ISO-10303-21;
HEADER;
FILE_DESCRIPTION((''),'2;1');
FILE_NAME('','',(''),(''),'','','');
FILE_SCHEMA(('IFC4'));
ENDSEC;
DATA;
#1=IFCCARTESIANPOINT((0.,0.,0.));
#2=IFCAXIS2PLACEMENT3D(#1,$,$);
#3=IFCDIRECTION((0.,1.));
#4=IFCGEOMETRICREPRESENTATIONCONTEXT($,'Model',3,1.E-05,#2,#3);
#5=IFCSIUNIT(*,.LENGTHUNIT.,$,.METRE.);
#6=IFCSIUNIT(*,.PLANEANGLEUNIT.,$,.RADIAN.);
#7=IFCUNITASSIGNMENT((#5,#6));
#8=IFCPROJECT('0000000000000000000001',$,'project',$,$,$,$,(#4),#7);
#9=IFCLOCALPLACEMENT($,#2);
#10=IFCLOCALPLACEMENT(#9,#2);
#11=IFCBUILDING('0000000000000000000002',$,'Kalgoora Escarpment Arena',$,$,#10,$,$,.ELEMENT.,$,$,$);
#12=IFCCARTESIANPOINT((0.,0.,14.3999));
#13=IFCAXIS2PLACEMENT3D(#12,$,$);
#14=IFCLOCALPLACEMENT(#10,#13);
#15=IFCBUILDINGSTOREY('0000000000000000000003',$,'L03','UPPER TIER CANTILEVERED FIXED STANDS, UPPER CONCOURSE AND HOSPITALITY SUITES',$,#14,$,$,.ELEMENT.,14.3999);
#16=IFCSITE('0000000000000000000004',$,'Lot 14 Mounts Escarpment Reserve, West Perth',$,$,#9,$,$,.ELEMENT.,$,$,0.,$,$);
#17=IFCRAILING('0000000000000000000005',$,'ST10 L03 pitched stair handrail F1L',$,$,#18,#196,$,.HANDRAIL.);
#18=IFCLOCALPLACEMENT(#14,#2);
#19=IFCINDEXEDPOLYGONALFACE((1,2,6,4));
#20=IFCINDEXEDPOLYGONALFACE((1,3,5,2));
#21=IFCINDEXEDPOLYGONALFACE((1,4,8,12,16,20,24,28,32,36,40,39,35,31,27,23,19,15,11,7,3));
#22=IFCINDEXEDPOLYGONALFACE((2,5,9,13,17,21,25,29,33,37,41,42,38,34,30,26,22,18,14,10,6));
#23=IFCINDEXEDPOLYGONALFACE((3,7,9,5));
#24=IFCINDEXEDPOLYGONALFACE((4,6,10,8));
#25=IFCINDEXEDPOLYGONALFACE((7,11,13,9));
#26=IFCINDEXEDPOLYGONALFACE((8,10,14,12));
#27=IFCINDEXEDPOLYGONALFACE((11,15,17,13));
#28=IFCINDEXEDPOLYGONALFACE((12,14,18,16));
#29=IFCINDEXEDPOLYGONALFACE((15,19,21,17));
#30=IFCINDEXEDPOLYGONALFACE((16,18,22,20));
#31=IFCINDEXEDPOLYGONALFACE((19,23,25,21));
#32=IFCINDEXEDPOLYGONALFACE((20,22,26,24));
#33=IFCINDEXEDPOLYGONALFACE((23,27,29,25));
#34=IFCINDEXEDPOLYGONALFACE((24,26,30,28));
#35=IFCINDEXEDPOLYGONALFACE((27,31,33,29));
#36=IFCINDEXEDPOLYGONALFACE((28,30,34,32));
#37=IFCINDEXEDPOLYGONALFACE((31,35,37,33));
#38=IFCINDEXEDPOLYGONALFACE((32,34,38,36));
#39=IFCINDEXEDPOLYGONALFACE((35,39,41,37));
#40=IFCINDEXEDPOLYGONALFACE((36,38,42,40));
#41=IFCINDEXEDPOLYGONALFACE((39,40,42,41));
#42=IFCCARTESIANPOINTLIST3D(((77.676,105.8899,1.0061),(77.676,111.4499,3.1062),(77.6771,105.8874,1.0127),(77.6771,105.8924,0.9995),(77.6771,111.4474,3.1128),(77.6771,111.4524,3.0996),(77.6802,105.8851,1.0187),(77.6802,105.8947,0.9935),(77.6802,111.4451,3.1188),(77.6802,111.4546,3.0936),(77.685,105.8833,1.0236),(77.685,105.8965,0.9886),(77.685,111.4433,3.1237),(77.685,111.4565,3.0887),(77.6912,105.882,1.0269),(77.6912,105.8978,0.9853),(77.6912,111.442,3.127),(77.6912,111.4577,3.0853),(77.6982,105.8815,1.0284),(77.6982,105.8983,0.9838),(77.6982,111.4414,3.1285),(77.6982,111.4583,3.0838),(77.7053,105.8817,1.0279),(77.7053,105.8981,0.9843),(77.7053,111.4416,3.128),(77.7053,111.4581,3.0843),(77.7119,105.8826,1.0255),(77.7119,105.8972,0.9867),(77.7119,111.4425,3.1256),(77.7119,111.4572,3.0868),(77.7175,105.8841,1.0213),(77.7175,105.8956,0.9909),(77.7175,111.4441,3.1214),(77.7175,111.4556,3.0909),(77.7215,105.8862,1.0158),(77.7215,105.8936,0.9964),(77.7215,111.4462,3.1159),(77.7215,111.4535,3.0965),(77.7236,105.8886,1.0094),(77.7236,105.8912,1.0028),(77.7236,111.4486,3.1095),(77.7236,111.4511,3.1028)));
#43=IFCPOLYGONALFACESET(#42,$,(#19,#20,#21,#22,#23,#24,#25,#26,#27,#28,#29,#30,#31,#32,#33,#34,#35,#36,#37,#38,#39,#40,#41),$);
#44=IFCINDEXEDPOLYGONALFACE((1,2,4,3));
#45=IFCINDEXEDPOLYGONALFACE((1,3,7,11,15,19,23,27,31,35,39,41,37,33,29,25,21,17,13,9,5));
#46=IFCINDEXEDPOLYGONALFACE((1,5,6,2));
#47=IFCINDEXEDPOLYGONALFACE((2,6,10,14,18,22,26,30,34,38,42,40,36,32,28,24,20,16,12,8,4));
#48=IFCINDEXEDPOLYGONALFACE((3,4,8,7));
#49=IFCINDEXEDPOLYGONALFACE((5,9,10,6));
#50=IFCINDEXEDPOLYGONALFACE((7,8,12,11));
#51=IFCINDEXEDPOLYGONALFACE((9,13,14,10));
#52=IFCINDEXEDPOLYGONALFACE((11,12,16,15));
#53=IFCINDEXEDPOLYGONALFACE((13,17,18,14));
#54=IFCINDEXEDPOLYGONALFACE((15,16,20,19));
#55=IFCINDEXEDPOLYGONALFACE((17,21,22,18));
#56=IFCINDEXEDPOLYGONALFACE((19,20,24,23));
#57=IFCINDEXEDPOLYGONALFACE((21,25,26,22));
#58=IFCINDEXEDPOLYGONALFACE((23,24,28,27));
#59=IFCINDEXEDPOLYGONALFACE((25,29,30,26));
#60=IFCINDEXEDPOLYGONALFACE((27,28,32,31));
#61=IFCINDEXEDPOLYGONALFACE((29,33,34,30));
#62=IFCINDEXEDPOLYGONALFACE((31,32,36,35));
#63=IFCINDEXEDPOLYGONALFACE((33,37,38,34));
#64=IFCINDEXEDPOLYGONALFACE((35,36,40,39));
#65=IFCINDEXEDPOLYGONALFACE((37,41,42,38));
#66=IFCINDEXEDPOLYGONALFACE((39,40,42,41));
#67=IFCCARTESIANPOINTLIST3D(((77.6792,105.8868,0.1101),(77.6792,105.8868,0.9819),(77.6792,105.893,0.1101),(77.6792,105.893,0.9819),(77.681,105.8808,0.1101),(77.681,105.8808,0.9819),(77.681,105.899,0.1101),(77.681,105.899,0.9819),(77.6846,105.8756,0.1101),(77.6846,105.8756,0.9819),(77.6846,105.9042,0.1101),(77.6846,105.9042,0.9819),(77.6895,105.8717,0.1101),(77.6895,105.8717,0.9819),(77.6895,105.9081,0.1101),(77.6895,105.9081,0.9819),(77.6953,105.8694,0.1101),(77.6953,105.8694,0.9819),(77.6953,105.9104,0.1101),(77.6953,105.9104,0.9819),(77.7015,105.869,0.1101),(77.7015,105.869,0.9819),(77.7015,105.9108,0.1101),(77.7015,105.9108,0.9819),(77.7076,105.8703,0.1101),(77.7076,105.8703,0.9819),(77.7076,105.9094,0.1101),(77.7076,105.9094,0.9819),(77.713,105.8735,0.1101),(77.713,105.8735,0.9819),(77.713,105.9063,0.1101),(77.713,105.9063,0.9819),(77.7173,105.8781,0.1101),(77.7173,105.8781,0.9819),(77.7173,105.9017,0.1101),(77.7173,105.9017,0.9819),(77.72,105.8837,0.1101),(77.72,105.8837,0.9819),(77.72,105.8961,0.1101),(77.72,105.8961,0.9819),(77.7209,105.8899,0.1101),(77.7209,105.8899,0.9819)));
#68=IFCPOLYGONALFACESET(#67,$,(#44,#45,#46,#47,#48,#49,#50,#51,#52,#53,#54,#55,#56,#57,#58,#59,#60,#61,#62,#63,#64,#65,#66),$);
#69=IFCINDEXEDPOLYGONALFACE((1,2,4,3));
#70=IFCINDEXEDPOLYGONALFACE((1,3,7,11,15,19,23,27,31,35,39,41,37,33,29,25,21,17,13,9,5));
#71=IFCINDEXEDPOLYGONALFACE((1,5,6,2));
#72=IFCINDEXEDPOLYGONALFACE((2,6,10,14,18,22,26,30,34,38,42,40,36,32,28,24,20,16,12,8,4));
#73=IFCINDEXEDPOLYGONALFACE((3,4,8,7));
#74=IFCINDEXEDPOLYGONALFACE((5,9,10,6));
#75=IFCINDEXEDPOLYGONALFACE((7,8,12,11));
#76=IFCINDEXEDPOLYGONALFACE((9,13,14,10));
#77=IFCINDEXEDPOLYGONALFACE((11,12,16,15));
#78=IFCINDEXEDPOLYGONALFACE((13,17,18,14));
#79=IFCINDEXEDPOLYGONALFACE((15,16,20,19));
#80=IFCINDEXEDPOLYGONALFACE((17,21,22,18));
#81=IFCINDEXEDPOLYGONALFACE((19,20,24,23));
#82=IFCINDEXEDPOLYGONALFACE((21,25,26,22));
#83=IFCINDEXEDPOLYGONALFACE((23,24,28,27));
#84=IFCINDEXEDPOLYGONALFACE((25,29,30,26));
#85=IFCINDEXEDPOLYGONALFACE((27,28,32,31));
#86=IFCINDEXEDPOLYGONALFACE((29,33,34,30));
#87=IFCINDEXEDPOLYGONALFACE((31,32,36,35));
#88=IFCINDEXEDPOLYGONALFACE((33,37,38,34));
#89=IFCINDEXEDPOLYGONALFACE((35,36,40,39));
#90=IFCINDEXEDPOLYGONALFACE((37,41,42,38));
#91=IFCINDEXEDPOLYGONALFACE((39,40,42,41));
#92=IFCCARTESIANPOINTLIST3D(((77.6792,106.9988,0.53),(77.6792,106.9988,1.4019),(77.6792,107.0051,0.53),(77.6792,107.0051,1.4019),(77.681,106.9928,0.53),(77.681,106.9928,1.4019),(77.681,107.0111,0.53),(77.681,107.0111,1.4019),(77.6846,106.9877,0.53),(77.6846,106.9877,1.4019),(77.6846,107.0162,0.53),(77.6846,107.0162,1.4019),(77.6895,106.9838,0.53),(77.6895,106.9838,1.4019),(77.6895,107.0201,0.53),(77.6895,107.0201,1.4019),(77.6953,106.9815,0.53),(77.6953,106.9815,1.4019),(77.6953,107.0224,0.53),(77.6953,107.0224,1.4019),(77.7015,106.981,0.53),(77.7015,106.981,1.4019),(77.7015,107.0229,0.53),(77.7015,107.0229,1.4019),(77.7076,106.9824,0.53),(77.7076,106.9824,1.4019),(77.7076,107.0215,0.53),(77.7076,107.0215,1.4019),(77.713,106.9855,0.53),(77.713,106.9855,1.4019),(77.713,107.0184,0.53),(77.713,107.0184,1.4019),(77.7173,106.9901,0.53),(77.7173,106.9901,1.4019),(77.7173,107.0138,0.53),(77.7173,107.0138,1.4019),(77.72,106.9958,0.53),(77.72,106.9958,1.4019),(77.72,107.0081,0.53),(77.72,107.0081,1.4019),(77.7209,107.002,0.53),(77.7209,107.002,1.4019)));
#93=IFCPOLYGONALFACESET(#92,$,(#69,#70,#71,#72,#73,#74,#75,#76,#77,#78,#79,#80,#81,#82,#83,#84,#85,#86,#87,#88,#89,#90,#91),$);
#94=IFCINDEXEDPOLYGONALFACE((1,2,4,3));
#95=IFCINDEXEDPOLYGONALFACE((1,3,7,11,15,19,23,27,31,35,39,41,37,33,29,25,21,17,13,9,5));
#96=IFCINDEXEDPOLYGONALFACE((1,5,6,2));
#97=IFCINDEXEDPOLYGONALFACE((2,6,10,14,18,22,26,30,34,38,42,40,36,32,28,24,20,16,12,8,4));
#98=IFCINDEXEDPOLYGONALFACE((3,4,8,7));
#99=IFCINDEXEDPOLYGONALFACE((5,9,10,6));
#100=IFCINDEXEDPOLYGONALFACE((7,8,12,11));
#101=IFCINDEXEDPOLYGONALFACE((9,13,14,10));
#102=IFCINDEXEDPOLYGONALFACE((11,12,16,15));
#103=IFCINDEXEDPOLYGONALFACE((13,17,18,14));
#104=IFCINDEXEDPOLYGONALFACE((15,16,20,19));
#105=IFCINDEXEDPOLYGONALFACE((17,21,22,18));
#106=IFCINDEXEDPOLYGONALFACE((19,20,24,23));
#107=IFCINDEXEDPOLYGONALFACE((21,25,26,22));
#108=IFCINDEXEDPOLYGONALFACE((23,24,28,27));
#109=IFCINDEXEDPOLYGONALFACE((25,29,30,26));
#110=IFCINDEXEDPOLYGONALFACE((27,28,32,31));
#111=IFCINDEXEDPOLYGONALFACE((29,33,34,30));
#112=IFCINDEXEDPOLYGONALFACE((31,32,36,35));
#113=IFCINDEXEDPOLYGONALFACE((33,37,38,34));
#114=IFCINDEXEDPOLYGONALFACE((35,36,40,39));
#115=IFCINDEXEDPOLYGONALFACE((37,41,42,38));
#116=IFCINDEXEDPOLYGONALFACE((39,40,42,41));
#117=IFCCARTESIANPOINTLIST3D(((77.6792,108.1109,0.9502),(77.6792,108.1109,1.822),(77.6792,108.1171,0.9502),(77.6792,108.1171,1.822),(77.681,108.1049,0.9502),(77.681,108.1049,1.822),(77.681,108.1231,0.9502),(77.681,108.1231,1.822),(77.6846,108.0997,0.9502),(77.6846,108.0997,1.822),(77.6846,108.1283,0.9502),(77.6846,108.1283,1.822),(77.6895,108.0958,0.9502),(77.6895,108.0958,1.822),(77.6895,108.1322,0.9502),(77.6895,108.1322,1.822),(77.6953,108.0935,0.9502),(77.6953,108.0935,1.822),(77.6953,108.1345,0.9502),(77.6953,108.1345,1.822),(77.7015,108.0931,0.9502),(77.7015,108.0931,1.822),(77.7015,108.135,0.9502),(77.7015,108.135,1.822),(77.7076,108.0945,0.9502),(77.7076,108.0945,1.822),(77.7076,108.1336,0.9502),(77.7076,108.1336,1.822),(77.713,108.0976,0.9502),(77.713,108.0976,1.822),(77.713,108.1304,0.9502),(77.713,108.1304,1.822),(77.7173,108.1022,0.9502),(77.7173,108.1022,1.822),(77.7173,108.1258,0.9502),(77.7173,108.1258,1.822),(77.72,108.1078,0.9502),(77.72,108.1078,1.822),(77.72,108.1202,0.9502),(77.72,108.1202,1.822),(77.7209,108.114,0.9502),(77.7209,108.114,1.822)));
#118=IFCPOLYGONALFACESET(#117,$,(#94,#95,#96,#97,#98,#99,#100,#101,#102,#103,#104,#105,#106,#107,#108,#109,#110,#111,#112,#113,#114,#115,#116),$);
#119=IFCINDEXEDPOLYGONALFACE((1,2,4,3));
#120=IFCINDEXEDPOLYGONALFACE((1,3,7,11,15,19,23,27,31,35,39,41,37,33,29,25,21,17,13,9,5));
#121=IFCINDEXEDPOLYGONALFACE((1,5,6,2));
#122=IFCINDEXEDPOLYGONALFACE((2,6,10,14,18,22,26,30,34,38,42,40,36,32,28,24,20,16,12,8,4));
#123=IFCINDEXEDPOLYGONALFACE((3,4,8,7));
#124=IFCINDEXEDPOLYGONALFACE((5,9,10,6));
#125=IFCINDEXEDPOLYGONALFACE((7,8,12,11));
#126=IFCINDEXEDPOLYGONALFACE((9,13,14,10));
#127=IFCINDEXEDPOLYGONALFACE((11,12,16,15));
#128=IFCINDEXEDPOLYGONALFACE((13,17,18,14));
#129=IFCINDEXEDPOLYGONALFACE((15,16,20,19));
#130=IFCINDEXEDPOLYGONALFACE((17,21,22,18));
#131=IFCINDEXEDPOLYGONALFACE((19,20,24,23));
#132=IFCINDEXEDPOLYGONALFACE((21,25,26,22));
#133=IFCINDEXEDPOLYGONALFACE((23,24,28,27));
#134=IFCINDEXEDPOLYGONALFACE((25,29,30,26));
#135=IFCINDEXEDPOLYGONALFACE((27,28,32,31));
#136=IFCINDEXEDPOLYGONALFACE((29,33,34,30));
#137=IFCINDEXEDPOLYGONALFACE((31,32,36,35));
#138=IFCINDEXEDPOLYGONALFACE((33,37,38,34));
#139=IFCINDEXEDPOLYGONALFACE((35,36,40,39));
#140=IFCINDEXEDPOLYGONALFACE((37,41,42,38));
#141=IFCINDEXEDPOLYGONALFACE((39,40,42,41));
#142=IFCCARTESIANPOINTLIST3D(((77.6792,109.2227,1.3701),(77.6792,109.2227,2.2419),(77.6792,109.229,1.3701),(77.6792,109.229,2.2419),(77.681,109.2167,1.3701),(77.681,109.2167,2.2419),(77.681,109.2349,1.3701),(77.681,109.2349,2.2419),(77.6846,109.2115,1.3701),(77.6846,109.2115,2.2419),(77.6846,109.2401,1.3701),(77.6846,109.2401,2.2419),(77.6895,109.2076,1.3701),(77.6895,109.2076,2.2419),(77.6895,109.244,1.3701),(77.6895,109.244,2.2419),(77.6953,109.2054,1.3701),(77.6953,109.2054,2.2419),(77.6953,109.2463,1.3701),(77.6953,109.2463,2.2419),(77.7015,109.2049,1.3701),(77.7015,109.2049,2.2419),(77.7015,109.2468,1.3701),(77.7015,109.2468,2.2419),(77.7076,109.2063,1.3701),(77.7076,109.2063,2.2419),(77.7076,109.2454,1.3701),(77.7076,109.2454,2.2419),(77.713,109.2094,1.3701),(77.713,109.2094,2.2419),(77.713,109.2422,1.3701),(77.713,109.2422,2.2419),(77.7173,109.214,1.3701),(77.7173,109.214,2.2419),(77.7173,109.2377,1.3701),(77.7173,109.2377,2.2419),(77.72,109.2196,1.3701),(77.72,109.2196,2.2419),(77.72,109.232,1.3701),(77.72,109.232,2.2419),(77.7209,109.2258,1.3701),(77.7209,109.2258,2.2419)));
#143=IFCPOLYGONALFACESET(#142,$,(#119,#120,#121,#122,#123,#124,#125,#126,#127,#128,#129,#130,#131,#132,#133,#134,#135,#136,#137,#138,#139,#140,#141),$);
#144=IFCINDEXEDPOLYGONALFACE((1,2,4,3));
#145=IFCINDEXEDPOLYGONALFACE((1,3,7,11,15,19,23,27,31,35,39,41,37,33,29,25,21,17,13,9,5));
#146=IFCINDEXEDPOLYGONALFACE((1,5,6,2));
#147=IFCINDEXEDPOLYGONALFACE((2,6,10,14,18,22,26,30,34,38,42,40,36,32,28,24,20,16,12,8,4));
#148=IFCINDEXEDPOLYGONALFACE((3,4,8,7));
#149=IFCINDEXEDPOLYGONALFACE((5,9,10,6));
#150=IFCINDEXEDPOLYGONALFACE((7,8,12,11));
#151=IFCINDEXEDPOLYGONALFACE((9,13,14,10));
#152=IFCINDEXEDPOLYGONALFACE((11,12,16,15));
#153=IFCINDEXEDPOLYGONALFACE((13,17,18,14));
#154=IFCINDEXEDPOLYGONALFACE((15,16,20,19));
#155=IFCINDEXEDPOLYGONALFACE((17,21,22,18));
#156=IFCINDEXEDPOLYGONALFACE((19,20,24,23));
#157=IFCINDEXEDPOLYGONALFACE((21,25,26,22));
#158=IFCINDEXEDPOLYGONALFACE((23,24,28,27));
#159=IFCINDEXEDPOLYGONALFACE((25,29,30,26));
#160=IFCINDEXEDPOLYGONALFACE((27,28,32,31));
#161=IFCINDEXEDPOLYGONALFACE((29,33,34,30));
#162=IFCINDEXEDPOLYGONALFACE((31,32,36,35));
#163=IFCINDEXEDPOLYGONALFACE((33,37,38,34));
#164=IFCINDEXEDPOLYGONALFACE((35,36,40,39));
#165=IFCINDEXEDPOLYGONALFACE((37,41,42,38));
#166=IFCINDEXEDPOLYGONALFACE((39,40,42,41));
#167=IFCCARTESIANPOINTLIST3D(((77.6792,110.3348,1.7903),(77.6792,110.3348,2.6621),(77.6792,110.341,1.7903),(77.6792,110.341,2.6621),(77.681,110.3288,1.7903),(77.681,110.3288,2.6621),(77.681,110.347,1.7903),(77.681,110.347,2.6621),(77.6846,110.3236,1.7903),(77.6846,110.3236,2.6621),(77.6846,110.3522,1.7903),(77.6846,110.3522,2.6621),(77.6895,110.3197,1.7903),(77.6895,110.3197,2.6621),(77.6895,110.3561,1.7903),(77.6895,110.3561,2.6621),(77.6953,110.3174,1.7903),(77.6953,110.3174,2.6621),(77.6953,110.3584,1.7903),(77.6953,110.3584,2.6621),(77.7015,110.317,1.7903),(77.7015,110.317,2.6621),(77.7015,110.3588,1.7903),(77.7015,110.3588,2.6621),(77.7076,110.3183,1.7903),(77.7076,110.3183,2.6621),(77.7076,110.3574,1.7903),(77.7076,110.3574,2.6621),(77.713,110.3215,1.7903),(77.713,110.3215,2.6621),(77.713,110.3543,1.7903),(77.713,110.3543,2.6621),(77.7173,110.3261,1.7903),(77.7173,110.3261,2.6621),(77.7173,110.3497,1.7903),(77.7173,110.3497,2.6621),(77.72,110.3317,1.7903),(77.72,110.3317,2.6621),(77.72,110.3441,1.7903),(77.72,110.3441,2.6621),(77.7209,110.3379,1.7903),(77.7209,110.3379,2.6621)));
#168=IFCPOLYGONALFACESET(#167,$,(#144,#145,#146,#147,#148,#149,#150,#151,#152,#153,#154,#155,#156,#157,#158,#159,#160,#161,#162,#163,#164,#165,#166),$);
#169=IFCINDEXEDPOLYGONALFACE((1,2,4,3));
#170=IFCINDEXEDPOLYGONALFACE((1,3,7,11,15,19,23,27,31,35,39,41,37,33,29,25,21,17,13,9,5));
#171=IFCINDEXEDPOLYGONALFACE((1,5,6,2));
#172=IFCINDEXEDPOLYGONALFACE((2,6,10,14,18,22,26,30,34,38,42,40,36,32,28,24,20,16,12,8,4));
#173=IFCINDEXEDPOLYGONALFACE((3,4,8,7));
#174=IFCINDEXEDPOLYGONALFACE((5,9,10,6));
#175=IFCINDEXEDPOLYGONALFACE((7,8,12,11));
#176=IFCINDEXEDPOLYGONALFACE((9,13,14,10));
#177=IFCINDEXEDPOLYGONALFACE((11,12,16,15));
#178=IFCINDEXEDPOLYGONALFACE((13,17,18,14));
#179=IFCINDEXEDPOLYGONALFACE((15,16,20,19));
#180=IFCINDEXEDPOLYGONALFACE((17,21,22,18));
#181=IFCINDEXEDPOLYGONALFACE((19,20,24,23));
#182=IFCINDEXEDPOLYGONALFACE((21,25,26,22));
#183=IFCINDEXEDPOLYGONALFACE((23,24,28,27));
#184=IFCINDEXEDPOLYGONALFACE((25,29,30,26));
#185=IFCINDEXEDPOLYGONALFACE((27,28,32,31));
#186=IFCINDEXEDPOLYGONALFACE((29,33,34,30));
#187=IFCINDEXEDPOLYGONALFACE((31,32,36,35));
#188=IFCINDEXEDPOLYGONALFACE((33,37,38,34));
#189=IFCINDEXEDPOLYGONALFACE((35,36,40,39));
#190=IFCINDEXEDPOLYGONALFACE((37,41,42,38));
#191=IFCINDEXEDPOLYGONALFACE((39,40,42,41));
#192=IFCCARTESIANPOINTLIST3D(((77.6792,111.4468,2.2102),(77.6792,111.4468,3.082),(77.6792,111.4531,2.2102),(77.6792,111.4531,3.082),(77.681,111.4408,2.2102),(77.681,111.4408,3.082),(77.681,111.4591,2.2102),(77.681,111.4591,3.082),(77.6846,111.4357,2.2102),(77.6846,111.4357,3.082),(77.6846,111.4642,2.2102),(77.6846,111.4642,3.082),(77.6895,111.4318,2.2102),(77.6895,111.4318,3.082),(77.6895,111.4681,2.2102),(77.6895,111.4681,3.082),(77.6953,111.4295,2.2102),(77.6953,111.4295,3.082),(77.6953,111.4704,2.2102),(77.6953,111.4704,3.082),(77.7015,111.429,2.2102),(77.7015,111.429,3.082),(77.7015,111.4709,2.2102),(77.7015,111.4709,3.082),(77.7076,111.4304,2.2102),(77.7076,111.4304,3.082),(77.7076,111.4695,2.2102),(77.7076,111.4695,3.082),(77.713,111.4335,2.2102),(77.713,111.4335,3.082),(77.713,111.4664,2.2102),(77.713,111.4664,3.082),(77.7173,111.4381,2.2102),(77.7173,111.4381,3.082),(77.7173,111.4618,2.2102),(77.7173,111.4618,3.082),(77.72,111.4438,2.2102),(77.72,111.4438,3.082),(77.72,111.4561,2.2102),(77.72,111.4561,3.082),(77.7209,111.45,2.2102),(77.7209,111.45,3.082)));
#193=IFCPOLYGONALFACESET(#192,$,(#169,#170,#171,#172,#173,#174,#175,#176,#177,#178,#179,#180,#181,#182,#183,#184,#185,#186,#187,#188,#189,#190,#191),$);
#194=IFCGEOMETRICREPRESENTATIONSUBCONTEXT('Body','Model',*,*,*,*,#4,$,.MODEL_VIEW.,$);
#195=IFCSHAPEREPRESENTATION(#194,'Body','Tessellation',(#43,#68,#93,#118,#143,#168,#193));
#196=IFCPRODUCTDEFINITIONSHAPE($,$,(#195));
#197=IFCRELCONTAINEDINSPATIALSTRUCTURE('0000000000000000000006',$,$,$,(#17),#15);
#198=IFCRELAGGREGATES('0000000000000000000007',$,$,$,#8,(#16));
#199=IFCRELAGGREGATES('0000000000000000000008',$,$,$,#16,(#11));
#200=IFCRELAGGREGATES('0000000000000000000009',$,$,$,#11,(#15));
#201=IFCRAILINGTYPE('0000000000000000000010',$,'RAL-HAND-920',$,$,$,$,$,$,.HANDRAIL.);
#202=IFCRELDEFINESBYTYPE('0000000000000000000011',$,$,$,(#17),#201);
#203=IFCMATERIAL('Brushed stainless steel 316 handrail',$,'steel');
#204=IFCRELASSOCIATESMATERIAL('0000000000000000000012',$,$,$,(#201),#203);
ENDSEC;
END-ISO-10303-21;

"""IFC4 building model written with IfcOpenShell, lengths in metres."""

from ifc_helpers import new_model, si_unit, direction, frame, origin, origin_2d, place, context, subcontext, project, spatial, circle, extrude, material, type_object, element, save


model = new_model("IFC4")

# Units and contexts
model_context = context("Model", 3, precision=1e-05, world=origin(), true_north=direction((0.0, 1.0)))
body_context = subcontext(model_context, "Body", "Model", "MODEL_VIEW")
ifc_project = project(units=[si_unit("LENGTHUNIT", "METRE"), si_unit("PLANEANGLEUNIT", "RADIAN")], contexts=[model_context])

# Site, building, storey
site_placement = place(None, origin())
site = spatial("IfcSite", under=ifc_project, at=site_placement, Name="Lot 14 Mounts Escarpment Reserve, West Perth", CompositionType="ELEMENT", RefElevation=0.0)
building_placement = place(site_placement, origin())
building = spatial("IfcBuilding", under=site, at=building_placement, Name="Kalgoora Escarpment Arena", CompositionType="ELEMENT")
storey_placement = place(building_placement, frame((0.0, 0.0, 14.3999)))
storey = spatial("IfcBuildingStorey", under=building, at=storey_placement, Name="L03", Description="UPPER TIER CANTILEVERED FIXED STANDS, UPPER CONCOURSE AND HOSPITALITY SUITES", CompositionType="ELEMENT", Elevation=14.3999)

# Railing
ifc_material_1 = material(Name="Brushed stainless steel 316 handrail", Category="steel")
railing_type_1 = type_object("IfcRailingType", Name="RAL-HAND-920", PredefinedType="HANDRAIL", material=ifc_material_1)
for number, where, name in (
    (1, (77.7, 105.8899, 0.1101), "ST10 L03 pitched stair handrail F1L"),
):
    element("IfcRailing", number, at=place(storey_placement, frame(where)), inside=storey, type_object=railing_type_1, Name=name, PredefinedType="HANDRAIL", context=body_context, shape_type="SweptSolid", body=[
        extrude(circle(Radius=0.0239, at=origin_2d()), frame((0.0, 0.0, 0.896), z_axis=(0.0, 0.935493, 0.353346), x_axis=(-1.0, 0.0, 0.0)), (0.0, 0.0, 1.0), 5.9434),
        extrude(circle(Radius=0.021, at=origin_2d()), origin(), (0.0, 0.0, 1.0), 0.8718),
        extrude(circle(Radius=0.021, at=origin_2d()), frame((0.0, 1.1121, 0.4199)), (0.0, 0.0, 1.0), 0.8718),
        extrude(circle(Radius=0.021, at=origin_2d()), frame((0.0, 2.2241, 0.8401)), (0.0, 0.0, 1.0), 0.8718),
        extrude(circle(Radius=0.021, at=origin_2d()), frame((0.0, 3.3359, 1.26)), (0.0, 0.0, 1.0), 0.8718),
        extrude(circle(Radius=0.021, at=origin_2d()), frame((0.0, 4.448, 1.6802)), (0.0, 0.0, 1.0), 0.8718),
        extrude(circle(Radius=0.021, at=origin_2d()), frame((0.0, 5.5601, 2.1001)), (0.0, 0.0, 1.0), 0.8718),
    ])

save(model, "model.ifc")
